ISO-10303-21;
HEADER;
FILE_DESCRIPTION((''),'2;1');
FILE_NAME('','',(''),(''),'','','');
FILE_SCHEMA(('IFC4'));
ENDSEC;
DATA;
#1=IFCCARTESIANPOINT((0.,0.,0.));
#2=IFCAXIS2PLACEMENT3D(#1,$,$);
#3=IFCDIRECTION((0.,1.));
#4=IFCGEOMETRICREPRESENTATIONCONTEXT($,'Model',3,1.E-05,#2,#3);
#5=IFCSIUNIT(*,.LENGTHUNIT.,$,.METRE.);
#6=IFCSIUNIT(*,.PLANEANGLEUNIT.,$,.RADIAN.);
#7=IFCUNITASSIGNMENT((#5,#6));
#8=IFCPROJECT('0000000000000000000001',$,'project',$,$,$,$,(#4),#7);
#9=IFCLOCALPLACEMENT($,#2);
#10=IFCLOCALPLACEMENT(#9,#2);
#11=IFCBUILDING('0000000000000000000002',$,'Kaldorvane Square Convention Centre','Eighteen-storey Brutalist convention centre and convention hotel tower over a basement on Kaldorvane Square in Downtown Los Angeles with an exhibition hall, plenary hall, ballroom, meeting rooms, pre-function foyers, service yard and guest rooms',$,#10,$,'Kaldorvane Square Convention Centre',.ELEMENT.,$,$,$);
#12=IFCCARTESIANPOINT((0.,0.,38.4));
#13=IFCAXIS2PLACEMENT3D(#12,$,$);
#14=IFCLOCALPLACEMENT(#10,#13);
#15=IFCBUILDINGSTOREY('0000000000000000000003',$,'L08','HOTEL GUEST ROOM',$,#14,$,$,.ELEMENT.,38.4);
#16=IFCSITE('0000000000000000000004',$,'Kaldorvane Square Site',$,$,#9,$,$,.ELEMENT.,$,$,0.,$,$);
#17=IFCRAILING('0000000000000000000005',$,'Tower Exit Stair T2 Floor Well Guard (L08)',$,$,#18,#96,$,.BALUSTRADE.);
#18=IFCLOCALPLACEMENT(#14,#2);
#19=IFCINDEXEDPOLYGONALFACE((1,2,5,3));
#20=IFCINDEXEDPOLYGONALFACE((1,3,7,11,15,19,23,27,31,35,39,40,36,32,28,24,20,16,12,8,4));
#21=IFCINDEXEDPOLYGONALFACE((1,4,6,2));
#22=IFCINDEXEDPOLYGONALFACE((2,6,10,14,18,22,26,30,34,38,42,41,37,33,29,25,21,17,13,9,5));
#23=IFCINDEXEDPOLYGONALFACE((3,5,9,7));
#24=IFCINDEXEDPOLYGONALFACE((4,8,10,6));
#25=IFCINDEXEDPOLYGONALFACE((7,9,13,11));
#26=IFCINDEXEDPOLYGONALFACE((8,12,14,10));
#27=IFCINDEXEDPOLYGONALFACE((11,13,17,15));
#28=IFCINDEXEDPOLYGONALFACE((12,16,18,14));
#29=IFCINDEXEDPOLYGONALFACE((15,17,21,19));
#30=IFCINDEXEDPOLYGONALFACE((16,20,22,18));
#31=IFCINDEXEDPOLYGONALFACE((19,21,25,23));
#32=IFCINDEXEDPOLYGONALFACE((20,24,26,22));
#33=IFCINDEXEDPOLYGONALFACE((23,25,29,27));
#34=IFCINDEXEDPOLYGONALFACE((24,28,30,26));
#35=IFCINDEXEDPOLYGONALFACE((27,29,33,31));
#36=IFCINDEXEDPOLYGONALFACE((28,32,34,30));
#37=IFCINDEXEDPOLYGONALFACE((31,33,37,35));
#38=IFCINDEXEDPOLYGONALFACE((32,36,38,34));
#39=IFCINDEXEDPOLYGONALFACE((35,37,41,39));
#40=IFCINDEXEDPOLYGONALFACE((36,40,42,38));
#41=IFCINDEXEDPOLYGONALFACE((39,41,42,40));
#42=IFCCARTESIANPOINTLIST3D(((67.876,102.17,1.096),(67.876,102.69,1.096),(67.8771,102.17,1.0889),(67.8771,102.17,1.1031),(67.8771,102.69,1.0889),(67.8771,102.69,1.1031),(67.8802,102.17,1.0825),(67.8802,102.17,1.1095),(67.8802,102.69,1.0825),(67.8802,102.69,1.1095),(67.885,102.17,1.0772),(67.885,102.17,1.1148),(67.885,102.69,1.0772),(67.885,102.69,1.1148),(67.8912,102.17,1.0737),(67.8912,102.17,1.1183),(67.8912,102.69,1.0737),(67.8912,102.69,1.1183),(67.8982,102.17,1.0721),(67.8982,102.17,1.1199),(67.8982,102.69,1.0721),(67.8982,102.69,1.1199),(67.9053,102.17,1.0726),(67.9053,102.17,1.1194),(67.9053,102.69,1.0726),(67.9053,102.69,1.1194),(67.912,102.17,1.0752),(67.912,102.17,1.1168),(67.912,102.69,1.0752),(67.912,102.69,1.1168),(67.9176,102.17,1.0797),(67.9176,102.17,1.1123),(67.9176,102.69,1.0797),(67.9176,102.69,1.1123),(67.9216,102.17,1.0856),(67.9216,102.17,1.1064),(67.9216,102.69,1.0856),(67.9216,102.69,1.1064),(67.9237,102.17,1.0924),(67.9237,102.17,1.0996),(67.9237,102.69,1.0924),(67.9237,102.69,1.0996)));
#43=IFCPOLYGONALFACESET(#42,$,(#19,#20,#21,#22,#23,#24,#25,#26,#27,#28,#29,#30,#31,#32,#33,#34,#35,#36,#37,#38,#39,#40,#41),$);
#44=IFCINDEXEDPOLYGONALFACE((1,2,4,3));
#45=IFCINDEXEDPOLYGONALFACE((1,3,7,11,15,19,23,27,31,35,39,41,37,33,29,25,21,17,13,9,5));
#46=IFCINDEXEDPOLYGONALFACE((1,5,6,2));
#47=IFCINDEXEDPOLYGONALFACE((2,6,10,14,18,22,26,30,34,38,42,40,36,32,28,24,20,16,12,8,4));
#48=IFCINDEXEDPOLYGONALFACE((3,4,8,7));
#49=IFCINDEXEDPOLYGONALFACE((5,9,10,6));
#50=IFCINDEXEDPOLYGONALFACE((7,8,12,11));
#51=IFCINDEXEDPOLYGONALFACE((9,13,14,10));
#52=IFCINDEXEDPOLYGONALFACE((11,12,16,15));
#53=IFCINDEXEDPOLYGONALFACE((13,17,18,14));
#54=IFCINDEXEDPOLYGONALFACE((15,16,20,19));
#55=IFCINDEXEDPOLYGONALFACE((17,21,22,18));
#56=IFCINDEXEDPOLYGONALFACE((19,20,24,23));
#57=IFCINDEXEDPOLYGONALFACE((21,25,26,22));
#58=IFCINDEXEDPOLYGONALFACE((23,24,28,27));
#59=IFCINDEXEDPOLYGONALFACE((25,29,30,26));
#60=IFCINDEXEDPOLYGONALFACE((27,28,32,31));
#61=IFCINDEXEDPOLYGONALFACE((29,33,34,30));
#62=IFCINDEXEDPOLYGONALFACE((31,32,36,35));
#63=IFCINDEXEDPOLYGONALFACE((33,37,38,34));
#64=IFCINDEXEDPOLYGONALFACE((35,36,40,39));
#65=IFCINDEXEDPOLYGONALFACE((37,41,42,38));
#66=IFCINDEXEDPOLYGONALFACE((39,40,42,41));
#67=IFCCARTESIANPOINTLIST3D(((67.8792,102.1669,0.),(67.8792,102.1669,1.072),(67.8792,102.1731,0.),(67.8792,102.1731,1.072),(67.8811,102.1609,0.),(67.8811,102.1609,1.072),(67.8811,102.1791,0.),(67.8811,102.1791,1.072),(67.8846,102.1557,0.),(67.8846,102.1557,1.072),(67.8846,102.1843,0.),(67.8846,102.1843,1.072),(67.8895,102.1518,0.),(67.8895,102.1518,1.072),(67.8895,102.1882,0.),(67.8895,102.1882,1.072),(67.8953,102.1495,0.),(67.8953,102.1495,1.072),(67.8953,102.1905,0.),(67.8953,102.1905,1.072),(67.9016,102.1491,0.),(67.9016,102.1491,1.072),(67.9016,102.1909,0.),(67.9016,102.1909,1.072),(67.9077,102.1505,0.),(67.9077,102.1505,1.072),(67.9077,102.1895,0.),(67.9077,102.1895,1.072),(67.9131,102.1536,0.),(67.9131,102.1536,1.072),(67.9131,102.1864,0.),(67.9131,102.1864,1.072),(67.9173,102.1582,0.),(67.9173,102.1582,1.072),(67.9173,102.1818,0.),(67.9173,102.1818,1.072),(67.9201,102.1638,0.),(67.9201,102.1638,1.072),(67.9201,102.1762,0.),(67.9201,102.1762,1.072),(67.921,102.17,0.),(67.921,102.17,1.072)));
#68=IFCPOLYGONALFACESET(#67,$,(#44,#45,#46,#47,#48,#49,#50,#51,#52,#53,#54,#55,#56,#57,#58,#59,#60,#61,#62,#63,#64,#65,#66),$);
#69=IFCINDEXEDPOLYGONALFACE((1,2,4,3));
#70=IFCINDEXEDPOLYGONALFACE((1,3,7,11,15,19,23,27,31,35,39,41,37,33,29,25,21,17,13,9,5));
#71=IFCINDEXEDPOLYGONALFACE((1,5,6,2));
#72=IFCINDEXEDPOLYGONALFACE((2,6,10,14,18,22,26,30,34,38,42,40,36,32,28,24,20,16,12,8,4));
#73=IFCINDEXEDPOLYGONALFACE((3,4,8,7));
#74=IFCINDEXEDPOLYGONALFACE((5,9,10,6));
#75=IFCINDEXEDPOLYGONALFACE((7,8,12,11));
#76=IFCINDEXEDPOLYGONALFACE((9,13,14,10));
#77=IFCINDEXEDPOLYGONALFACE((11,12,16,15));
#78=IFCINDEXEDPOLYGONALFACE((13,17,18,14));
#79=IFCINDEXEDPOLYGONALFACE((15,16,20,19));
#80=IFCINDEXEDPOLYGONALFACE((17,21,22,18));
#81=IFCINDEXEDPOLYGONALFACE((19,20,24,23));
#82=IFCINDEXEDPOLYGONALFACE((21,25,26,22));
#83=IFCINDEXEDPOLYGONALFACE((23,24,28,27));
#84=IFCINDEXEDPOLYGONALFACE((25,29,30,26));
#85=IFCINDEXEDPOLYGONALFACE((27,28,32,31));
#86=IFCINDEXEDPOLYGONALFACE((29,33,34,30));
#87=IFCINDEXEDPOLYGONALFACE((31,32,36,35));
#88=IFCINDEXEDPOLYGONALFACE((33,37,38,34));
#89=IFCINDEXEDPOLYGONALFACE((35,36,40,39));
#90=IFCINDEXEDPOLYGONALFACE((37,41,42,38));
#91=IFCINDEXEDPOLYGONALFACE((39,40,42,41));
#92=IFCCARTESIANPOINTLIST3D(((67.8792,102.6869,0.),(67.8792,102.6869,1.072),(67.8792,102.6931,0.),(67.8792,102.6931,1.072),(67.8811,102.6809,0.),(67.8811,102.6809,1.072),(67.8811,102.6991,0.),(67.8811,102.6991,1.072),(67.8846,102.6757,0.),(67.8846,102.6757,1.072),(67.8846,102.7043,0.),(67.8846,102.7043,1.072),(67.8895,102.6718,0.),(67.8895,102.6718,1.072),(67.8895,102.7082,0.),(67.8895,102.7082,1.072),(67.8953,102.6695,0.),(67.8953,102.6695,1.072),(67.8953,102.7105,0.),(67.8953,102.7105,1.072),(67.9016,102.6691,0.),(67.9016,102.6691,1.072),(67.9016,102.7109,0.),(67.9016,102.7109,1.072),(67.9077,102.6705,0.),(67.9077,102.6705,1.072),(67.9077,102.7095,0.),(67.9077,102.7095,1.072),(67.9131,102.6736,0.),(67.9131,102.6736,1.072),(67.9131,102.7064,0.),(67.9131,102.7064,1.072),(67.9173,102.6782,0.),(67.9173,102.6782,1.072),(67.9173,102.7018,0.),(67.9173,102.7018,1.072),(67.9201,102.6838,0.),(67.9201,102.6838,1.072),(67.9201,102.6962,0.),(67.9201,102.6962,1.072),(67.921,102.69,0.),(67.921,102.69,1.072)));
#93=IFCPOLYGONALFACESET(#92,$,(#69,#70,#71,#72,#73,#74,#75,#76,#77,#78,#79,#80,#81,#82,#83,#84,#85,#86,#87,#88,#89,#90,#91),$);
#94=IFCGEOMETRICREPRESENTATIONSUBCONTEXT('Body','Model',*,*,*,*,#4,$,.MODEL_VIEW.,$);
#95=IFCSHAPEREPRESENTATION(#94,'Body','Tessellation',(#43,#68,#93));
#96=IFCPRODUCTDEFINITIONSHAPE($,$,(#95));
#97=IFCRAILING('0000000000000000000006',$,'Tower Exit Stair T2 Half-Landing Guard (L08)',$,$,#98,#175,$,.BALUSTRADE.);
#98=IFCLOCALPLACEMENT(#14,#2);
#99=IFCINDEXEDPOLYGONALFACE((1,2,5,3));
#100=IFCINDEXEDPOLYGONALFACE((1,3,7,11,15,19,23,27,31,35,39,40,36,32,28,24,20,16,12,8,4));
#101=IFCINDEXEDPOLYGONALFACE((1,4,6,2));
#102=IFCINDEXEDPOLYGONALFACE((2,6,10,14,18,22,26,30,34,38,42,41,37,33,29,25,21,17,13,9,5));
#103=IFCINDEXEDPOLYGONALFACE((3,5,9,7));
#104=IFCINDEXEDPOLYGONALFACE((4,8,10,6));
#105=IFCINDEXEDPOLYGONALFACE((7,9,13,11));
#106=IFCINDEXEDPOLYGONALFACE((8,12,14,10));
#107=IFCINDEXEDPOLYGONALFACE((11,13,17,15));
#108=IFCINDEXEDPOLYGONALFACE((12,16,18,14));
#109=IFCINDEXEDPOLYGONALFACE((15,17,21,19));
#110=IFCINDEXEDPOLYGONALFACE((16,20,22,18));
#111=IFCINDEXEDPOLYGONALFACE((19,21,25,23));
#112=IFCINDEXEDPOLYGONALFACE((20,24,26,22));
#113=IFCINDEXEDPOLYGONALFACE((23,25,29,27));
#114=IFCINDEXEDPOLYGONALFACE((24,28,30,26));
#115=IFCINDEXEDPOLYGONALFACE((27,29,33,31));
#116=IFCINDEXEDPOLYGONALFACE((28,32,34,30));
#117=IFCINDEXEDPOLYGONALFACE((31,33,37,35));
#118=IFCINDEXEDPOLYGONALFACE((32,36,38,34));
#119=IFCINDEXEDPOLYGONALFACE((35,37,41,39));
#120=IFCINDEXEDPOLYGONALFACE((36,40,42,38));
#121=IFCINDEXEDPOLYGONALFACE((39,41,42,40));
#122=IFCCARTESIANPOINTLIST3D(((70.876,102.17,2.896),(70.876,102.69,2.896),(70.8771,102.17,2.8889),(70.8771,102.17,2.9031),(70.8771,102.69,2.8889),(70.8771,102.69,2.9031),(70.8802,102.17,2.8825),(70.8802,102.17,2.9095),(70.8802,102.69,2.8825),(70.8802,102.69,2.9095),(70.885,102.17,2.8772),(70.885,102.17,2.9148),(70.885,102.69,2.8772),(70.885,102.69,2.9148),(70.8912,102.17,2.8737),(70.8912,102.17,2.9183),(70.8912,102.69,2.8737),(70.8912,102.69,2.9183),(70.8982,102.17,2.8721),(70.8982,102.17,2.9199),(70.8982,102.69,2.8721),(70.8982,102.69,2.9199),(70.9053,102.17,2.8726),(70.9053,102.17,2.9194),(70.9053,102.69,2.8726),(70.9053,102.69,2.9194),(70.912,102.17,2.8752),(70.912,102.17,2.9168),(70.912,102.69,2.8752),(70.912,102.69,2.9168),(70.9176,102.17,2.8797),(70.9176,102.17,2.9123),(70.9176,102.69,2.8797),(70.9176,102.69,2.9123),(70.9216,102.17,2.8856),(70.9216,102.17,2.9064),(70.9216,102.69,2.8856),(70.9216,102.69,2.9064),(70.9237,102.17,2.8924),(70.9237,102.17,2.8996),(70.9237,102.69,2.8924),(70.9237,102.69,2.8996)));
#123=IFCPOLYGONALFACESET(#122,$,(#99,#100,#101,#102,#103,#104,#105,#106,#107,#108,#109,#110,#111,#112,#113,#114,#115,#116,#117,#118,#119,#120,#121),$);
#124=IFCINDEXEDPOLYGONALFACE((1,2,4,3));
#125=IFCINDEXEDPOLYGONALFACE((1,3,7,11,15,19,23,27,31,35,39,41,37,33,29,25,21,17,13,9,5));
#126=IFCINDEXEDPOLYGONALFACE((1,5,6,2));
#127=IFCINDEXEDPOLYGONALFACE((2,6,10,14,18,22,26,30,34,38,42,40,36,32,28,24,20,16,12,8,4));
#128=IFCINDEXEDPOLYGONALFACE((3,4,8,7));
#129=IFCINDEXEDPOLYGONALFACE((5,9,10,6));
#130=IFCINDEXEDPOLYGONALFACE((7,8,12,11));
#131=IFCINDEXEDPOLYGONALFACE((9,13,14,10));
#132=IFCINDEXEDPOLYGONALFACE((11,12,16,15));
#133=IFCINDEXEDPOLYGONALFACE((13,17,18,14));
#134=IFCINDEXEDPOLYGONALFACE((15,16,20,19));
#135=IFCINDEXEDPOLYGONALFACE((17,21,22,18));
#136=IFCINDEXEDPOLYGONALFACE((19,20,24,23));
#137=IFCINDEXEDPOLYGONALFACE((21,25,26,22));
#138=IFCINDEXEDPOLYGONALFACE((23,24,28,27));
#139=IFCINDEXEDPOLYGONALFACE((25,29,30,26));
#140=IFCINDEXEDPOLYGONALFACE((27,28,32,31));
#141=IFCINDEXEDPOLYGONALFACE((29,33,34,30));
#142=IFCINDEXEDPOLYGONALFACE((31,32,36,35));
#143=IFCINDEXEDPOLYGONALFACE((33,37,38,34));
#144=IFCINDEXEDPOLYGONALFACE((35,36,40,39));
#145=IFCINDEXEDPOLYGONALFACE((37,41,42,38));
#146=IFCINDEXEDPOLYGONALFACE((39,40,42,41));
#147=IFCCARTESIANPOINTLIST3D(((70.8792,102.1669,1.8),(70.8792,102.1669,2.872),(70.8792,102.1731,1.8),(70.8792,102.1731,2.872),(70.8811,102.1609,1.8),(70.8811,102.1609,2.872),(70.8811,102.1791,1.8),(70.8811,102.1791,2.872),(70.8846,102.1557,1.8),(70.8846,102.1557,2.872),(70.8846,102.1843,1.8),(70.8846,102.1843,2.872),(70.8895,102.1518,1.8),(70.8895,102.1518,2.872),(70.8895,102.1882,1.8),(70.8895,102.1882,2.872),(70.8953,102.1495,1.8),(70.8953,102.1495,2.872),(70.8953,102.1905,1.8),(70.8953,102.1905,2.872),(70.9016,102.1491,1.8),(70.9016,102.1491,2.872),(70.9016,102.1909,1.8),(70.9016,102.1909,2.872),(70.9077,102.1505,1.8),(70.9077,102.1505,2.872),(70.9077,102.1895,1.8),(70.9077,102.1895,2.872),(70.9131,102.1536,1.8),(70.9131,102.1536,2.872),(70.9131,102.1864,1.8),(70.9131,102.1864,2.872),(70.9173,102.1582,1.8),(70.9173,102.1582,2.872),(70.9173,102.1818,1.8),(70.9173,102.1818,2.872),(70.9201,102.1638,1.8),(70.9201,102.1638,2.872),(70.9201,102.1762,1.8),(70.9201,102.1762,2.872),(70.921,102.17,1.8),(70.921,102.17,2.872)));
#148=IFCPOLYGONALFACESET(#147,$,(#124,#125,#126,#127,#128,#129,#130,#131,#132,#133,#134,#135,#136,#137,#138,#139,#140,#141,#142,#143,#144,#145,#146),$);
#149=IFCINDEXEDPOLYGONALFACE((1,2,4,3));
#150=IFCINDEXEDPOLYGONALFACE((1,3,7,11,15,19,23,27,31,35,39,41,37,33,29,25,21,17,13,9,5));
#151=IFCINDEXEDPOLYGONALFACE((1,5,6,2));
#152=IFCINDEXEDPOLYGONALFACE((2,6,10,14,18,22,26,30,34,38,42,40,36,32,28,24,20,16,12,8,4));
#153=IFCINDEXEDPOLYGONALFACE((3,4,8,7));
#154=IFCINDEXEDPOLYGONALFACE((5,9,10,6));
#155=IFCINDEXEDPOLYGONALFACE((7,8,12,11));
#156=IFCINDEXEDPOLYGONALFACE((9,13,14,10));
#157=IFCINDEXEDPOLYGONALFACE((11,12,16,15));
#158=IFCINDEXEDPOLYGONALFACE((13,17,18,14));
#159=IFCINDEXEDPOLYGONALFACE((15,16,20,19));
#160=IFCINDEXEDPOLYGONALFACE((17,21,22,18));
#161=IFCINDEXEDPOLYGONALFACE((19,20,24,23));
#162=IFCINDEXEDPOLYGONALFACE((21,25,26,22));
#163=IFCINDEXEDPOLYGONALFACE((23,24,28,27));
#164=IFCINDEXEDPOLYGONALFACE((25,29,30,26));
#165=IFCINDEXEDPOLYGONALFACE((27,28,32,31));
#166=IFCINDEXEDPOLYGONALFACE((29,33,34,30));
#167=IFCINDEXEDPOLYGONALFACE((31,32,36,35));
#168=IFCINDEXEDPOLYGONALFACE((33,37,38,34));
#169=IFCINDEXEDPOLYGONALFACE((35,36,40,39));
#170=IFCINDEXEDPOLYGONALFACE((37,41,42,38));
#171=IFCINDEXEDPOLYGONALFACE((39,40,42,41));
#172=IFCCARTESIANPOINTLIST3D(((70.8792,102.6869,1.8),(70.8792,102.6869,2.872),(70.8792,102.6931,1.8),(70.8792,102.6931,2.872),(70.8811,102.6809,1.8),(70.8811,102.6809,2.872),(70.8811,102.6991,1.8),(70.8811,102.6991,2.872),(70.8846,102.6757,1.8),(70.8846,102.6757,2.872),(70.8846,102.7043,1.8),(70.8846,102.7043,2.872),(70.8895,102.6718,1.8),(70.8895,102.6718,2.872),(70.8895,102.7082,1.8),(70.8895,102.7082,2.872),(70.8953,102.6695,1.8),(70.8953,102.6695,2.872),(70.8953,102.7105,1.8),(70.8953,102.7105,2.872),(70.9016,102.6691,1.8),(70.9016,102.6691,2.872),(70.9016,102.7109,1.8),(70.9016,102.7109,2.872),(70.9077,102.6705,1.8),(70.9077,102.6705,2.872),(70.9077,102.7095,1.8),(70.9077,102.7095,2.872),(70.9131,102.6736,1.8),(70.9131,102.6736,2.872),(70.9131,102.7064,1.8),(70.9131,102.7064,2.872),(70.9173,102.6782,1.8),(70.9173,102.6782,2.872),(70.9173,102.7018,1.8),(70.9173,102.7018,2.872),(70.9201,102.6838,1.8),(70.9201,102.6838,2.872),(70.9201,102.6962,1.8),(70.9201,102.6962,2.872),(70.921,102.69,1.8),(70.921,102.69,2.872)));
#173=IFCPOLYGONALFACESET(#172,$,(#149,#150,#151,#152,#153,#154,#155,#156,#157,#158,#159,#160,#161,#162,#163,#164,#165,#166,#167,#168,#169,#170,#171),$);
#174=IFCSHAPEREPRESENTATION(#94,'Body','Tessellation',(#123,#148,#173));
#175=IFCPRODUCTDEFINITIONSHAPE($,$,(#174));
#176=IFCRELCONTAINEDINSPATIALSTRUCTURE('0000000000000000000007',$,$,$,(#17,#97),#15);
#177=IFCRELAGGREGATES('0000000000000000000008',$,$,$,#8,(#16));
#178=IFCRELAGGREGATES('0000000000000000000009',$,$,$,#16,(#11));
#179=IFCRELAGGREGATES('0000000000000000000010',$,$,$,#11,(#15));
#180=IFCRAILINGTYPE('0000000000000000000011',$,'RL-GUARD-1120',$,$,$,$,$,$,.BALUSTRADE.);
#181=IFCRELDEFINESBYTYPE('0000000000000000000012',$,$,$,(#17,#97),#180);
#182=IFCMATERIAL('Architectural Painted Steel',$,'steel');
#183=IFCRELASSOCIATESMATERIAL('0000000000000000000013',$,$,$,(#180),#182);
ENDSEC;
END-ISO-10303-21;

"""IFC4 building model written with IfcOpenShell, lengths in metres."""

from ifc_helpers import new_model, si_unit, direction, frame, origin, origin_2d, place, context, subcontext, project, spatial, circle, extrude, material, type_object, element, save


model = new_model("IFC4")

# Units and contexts
model_context = context("Model", 3, precision=1e-05, world=origin(), true_north=direction((0.0, 1.0)))
body_context = subcontext(model_context, "Body", "Model", "MODEL_VIEW")
ifc_project = project(units=[si_unit("LENGTHUNIT", "METRE"), si_unit("PLANEANGLEUNIT", "RADIAN")], contexts=[model_context])

# Site, building, storey
site_placement = place(None, origin())
site = spatial("IfcSite", under=ifc_project, at=site_placement, Name="Kaldorvane Square Site", CompositionType="ELEMENT", RefElevation=0.0)
building_placement = place(site_placement, origin())
building = spatial("IfcBuilding", under=site, at=building_placement, Name="Kaldorvane Square Convention Centre", Description="Eighteen-storey Brutalist convention centre and convention hotel tower over a basement on Kaldorvane Square in Downtown Los Angeles with an exhibition hall, plenary hall, ballroom, meeting rooms, pre-function foyers, service yard and guest rooms", LongName="Kaldorvane Square Convention Centre", CompositionType="ELEMENT")
storey_placement = place(building_placement, frame((0.0, 0.0, 38.4)))
storey = spatial("IfcBuildingStorey", under=building, at=storey_placement, Name="L08", Description="HOTEL GUEST ROOM", CompositionType="ELEMENT", Elevation=38.4)

# Railings
ifc_material_1 = material(Name="Architectural Painted Steel", Category="steel")
railing_type = type_object("IfcRailingType", Name="RL-GUARD-1120", PredefinedType="BALUSTRADE", material=ifc_material_1)
for number, where, name in (
    (1, (67.9, 102.17, 0.0), "Tower Exit Stair T2 Floor Well Guard (L08)"),
    (2, (70.9, 102.17, 1.8), "Tower Exit Stair T2 Half-Landing Guard (L08)"),
):
    element("IfcRailing", number, at=place(storey_placement, frame(where)), inside=storey, type_object=railing_type, Name=name, PredefinedType="BALUSTRADE", context=body_context, shape_type="SweptSolid", body=[
        extrude(circle(Radius=0.024, at=origin_2d()), frame((0.0, 0.0, 1.096), z_axis=(0.0, 1.0, 0.0), x_axis=(-1.0, 0.0, 0.0)), (0.0, 0.0, 1.0), 0.52),
        extrude(circle(Radius=0.021, at=origin_2d()), origin(), (0.0, 0.0, 1.0), 1.072),
        extrude(circle(Radius=0.021, at=origin_2d()), frame((0.0, 0.52, 0.0)), (0.0, 0.0, 1.0), 1.072),
    ])

save(model, "model.ifc")
